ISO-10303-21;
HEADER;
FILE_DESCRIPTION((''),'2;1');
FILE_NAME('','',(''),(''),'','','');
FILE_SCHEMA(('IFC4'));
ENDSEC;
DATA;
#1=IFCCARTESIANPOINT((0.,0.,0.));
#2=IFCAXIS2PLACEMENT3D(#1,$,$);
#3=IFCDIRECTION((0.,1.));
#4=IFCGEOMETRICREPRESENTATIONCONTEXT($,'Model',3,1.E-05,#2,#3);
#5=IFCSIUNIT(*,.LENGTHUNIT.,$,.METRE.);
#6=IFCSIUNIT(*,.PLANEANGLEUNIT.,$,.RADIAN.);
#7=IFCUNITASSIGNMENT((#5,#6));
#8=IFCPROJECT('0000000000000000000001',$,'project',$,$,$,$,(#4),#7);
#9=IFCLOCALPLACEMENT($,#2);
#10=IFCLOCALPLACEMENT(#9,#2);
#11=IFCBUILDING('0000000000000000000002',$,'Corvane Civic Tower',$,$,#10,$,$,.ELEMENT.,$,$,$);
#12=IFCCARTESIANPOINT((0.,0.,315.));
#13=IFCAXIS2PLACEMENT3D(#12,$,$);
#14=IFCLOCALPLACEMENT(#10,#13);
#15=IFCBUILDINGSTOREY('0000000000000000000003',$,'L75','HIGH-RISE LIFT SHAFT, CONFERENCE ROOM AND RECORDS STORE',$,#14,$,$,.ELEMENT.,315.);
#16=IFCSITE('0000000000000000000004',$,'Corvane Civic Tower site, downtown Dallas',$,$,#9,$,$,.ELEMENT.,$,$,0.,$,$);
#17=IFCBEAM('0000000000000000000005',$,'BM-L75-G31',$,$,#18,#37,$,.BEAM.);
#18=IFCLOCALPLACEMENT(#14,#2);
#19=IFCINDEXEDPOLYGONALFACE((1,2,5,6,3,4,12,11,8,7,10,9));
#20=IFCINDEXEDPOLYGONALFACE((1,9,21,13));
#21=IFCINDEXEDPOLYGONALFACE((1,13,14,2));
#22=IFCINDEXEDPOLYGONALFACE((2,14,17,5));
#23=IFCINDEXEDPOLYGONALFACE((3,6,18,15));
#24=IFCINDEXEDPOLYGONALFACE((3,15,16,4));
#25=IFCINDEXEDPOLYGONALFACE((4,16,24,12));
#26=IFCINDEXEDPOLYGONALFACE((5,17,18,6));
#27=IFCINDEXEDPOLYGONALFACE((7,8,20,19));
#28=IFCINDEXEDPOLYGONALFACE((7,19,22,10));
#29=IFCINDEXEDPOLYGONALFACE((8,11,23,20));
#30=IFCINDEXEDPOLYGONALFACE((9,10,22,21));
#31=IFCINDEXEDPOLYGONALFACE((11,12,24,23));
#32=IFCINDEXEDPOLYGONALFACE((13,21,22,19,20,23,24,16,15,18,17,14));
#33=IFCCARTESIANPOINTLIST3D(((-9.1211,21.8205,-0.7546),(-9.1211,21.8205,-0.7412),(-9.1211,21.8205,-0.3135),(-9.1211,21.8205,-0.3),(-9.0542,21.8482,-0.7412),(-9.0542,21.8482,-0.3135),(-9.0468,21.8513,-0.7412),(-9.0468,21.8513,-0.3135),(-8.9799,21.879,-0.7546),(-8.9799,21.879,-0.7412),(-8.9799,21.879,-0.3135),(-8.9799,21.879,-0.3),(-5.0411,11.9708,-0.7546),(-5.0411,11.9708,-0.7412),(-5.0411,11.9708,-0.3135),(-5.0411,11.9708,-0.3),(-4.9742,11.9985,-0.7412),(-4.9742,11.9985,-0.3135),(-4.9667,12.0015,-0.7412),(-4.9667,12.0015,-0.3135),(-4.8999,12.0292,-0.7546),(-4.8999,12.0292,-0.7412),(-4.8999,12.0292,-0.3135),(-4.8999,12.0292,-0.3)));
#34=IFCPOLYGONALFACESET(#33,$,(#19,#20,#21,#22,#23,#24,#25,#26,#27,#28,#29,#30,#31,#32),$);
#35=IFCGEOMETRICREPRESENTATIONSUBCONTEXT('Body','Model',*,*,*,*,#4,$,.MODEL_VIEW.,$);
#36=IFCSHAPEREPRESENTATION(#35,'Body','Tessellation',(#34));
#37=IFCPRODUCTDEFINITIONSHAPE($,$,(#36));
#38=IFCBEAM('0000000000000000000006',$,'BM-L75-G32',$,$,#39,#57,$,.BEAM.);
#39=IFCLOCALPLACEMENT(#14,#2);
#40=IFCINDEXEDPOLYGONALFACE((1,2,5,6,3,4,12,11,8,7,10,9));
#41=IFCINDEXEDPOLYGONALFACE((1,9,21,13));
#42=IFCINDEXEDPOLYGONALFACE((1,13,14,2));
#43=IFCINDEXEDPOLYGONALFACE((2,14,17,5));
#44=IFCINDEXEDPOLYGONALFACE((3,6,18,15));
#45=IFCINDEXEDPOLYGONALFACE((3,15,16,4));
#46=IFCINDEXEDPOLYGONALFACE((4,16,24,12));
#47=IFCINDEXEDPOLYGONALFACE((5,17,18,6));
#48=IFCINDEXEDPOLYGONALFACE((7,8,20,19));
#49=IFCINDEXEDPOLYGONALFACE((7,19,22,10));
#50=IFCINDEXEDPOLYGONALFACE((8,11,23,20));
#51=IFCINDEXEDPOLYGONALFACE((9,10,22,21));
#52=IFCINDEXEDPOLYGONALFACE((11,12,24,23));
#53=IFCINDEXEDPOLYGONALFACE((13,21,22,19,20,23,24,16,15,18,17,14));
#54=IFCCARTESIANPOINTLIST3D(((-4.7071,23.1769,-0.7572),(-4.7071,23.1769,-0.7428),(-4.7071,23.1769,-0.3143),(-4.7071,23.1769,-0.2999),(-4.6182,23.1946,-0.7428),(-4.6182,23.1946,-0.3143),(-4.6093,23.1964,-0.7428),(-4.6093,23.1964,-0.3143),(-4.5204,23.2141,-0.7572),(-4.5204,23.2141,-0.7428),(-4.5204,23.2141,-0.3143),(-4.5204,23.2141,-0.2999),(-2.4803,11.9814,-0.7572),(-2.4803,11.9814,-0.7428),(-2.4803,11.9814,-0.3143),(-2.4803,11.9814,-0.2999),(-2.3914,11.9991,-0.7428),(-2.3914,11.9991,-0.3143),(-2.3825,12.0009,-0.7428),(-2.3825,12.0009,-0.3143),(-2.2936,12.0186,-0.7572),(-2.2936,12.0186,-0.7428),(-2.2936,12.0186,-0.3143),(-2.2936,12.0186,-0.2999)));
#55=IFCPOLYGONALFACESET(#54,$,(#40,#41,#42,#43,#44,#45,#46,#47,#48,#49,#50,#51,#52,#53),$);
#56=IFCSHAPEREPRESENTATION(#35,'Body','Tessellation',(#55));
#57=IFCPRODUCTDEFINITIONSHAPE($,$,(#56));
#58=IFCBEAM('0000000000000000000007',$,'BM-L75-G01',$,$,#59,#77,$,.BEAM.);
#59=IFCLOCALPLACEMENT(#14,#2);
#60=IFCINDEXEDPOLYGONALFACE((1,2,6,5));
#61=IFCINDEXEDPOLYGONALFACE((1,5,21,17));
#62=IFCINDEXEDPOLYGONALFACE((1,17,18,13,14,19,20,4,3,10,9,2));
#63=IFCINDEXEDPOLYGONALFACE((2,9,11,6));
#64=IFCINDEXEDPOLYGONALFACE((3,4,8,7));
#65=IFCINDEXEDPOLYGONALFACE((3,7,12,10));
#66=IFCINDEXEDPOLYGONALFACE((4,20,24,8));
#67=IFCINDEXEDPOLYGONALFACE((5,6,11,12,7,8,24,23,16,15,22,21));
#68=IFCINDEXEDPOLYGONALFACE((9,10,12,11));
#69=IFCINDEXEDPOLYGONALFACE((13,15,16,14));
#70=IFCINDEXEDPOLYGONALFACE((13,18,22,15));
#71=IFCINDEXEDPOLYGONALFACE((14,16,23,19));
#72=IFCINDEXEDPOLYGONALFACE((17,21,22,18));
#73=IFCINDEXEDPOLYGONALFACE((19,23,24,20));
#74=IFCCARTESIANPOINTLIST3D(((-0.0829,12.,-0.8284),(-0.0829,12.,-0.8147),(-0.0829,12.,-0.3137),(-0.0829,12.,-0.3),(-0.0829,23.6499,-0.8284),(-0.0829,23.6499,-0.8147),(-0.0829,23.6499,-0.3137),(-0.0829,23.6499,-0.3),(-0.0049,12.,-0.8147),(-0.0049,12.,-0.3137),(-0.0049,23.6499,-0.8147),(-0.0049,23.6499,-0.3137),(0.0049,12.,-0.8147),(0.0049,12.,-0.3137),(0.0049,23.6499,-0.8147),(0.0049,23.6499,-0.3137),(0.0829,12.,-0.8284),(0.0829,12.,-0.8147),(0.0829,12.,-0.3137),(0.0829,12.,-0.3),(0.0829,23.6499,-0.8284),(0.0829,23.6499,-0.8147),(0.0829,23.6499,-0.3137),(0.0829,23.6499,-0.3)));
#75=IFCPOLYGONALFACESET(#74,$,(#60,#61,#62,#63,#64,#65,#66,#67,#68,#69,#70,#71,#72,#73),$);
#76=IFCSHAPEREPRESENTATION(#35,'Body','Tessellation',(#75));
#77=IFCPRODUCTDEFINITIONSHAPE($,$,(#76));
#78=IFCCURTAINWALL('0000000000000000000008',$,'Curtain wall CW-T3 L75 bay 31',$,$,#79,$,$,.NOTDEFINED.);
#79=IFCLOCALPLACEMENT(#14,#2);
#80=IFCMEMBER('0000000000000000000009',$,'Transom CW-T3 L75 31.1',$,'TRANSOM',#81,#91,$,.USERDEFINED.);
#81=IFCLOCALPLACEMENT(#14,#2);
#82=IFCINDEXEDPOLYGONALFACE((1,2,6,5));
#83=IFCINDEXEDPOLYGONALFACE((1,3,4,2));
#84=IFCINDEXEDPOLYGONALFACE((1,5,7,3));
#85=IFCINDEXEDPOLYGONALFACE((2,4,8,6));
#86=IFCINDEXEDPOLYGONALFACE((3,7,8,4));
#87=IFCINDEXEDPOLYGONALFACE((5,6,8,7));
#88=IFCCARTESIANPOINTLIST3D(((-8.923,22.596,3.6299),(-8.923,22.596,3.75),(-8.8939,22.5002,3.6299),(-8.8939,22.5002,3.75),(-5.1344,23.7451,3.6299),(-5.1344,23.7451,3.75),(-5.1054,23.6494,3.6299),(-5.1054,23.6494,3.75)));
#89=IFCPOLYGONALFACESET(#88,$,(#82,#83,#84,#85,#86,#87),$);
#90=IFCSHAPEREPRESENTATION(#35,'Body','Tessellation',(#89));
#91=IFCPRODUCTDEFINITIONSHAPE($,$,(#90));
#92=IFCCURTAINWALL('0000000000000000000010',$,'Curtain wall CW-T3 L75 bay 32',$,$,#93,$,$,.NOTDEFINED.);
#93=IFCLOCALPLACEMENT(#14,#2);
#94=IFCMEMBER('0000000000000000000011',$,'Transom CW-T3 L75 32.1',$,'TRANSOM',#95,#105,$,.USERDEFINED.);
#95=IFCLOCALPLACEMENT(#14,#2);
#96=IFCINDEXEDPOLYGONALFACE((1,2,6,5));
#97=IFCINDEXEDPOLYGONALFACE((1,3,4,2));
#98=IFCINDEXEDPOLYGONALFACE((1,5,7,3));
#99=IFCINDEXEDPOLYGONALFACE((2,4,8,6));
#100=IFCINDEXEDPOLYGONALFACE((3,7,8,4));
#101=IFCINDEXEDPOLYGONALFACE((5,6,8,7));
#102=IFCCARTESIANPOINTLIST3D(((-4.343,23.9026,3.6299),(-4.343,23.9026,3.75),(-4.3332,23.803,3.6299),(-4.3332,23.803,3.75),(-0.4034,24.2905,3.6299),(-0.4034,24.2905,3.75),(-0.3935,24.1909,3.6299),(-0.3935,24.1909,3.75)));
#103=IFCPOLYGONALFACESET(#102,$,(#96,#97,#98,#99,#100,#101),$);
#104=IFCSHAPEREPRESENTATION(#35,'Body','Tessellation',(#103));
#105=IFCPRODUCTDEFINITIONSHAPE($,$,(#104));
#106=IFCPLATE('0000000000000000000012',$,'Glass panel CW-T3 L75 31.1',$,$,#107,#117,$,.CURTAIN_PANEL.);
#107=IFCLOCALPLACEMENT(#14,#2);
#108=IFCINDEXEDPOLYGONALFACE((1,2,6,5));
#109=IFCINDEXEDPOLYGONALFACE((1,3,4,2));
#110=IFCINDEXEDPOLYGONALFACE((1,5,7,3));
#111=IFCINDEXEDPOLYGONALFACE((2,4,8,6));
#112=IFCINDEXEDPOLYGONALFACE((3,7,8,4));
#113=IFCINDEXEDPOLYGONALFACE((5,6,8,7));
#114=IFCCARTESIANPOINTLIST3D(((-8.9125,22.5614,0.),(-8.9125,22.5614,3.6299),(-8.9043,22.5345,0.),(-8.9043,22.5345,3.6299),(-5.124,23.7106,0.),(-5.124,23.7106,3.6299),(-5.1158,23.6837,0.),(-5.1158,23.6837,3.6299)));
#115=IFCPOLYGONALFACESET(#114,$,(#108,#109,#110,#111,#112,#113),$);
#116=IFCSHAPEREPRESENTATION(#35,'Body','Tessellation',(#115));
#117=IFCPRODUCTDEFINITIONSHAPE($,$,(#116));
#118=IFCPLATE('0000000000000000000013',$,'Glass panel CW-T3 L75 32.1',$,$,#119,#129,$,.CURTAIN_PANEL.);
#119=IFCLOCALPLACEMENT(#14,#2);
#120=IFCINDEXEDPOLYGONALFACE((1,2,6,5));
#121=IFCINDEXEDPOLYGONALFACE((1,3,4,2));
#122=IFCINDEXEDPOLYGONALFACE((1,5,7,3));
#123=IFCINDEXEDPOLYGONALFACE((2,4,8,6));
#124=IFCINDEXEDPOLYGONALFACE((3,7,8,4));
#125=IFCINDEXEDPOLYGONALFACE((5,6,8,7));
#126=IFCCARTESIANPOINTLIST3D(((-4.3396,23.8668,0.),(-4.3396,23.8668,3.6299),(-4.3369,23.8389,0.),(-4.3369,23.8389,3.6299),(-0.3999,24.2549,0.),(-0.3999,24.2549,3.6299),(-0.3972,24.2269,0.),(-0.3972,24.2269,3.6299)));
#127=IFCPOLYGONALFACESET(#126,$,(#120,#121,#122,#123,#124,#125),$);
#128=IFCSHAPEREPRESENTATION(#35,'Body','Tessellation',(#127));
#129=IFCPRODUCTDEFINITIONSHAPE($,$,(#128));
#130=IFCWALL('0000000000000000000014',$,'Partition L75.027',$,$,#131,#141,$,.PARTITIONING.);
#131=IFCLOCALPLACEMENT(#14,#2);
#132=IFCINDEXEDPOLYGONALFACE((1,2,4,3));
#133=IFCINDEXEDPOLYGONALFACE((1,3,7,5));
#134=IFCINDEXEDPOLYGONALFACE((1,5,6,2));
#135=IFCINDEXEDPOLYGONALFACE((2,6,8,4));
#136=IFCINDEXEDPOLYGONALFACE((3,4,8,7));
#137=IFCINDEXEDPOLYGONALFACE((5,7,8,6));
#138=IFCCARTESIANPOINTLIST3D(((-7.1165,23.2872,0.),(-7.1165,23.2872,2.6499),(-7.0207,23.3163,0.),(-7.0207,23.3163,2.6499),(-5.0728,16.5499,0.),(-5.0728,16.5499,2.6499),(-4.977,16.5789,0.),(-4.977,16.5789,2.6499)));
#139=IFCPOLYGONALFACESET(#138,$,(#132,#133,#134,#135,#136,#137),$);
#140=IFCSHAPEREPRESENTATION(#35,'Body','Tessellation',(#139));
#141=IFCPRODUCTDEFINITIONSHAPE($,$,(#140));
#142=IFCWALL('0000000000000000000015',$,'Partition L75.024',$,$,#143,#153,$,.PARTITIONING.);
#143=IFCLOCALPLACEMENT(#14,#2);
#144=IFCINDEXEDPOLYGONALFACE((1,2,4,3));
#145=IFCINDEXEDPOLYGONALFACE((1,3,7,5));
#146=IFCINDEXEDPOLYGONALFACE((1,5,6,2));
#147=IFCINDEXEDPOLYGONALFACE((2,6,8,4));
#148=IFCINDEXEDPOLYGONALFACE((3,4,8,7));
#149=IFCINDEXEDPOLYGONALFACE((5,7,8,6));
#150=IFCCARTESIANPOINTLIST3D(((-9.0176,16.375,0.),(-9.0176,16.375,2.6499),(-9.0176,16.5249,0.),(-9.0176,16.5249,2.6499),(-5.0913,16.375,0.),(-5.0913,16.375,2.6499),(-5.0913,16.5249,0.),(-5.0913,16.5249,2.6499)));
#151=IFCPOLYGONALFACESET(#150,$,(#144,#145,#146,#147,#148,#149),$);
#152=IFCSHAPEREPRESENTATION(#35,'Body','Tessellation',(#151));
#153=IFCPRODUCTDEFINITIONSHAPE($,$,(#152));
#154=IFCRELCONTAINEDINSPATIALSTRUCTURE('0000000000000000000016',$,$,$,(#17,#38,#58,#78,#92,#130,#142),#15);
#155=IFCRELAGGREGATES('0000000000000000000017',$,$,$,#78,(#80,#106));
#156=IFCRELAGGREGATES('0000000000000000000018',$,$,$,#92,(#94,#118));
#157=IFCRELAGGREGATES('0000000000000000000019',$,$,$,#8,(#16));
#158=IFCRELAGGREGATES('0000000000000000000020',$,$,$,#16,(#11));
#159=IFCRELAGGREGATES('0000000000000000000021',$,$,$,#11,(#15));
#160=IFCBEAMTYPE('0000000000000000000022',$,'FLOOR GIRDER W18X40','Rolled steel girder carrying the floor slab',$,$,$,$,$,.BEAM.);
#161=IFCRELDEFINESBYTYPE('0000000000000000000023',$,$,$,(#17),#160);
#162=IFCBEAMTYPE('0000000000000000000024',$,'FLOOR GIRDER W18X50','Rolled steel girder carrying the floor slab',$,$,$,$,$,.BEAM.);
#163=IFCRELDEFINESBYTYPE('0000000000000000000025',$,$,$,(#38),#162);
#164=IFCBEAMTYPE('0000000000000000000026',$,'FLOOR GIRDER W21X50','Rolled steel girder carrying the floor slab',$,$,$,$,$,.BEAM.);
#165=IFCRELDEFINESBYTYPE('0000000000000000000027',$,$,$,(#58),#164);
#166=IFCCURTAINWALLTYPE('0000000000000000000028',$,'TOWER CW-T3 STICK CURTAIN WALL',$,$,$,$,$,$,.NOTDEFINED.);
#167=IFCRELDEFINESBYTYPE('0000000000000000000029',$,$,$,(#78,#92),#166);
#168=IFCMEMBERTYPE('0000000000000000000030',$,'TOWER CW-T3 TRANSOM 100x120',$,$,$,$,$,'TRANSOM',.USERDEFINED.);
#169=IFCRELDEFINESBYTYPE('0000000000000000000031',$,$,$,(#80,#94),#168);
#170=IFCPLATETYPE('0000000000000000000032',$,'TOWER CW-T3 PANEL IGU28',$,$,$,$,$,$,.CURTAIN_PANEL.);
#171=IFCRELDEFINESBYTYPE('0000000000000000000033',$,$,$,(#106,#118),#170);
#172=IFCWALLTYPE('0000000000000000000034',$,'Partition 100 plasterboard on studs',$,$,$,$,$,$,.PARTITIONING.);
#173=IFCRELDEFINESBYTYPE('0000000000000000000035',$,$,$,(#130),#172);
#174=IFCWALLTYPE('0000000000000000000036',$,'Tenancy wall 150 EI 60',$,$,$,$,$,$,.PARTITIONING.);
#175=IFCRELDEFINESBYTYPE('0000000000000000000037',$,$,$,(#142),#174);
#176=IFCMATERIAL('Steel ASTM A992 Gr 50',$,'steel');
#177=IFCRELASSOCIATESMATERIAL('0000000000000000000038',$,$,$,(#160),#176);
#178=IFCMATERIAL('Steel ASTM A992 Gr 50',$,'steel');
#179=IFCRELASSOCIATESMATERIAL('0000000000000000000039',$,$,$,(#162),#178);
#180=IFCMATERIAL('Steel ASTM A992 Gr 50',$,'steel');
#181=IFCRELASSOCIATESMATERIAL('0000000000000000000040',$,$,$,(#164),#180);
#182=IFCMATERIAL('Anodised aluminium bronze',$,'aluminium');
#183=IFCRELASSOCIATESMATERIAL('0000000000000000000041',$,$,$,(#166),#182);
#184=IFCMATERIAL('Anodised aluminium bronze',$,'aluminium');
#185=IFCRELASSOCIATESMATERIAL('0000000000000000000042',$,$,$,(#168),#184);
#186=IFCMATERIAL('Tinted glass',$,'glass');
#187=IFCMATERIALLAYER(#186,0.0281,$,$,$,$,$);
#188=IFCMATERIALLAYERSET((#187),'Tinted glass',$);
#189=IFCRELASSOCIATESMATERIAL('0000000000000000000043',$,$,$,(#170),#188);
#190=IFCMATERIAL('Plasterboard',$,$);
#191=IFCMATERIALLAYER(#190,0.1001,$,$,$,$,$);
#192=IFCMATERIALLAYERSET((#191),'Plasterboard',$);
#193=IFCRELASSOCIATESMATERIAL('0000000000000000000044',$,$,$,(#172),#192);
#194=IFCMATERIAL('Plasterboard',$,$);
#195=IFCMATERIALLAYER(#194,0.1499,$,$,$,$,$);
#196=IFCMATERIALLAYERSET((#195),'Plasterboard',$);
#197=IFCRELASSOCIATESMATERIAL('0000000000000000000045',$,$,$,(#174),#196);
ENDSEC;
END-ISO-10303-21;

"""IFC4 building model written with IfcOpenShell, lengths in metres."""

from ifc_helpers import new_model, si_unit, direction, frame, frame_2d, origin, origin_2d, place, context, subcontext, project, spatial, rectangle, i_section, extrude, material, layer, layer_set, material_profile, profile_set, type_object, element, aggregate, save


model = new_model("IFC4")

# Units and contexts
model_context = context("Model", 3, precision=1e-05, world=origin(), true_north=direction((0.0, 1.0)))
body_context = subcontext(model_context, "Body", "Model", "MODEL_VIEW")
ifc_project = project(units=[si_unit("LENGTHUNIT", "METRE"), si_unit("PLANEANGLEUNIT", "RADIAN")], contexts=[model_context])

# Site, building, storey
site_placement = place(None, origin())
site = spatial("IfcSite", under=ifc_project, at=site_placement, Name="Corvane Civic Tower site, downtown Dallas", CompositionType="ELEMENT", RefElevation=0.0)
building_placement = place(site_placement, origin())
building = spatial("IfcBuilding", under=site, at=building_placement, Name="Corvane Civic Tower", CompositionType="ELEMENT")
storey_placement = place(building_placement, frame((0.0, 0.0, 315.0)))
storey = spatial("IfcBuildingStorey", under=building, at=storey_placement, Name="L75", Description="HIGH-RISE LIFT SHAFT, CONFERENCE ROOM AND RECORDS STORE", CompositionType="ELEMENT", Elevation=315.0)

# Beams
ifc_material_1 = material(Name="Steel ASTM A992 Gr 50", Category="steel")
ifc_material_profile_1 = material_profile(ifc_material_1, i_section(OverallWidth=0.1528, OverallDepth=0.4546, WebThickness=0.0081, FlangeThickness=0.0134, at=origin_2d()), Name="W18X40")
ifc_profile_set_1 = profile_set([ifc_material_profile_1], Name="Steel ASTM A992 Gr 50")
beam_type_1 = type_object("IfcBeamType", Name="FLOOR GIRDER W18X40", Description="Rolled steel girder carrying the floor slab", PredefinedType="BEAM", material=ifc_profile_set_1)
beam_1_placement = place(storey_placement, frame((-4.9705, 12.0, -0.5273), z_axis=(-0.382694, 0.923875, 0.0), x_axis=(-0.923875, -0.382694, 0.0)))
element("IfcBeam", 1, at=beam_1_placement, inside=storey, type_object=beam_type_1, Name="BM-L75-G31", PredefinedType="BEAM", context=body_context, shape_type="SweptSolid", body=[
    extrude(i_section(OverallWidth=0.1528, OverallDepth=0.4546, WebThickness=0.0081, FlangeThickness=0.0134, at=origin_2d()), origin(), (0.0, 0.0, 1.0), 10.6614),
])
ifc_material_2 = material(Name="Steel ASTM A992 Gr 50", Category="steel")
ifc_material_profile_2 = material_profile(ifc_material_2, i_section(OverallWidth=0.1904, OverallDepth=0.4573, WebThickness=0.009, FlangeThickness=0.0144, at=origin_2d()), Name="W18X50")
ifc_profile_set_2 = profile_set([ifc_material_profile_2], Name="Steel ASTM A992 Gr 50")
beam_type_2 = type_object("IfcBeamType", Name="FLOOR GIRDER W18X50", Description="Rolled steel girder carrying the floor slab", PredefinedType="BEAM", material=ifc_profile_set_2)
beam_2_placement = place(storey_placement, frame((-2.387, 12.0, -0.5286), z_axis=(-0.19508, 0.980787, 0.0), x_axis=(-0.980787, -0.19508, 0.0)))
element("IfcBeam", 2, at=beam_2_placement, inside=storey, type_object=beam_type_2, Name="BM-L75-G32", PredefinedType="BEAM", context=body_context, shape_type="SweptSolid", body=[
    extrude(i_section(OverallWidth=0.1904, OverallDepth=0.4573, WebThickness=0.009, FlangeThickness=0.0144, at=origin_2d()), origin(), (0.0, 0.0, 1.0), 11.4148),
])
ifc_material_3 = material(Name="Steel ASTM A992 Gr 50", Category="steel")
ifc_material_profile_3 = material_profile(ifc_material_3, i_section(OverallWidth=0.1658, OverallDepth=0.5283, WebThickness=0.0098, FlangeThickness=0.0137, at=origin_2d()), Name="W21X50")
ifc_profile_set_3 = profile_set([ifc_material_profile_3], Name="Steel ASTM A992 Gr 50")
beam_type_3 = type_object("IfcBeamType", Name="FLOOR GIRDER W21X50", Description="Rolled steel girder carrying the floor slab", PredefinedType="BEAM", material=ifc_profile_set_3)
beam_3_placement = place(storey_placement, frame((0.0, 12.0, -0.5642), z_axis=(0.0, 1.0, 0.0), x_axis=(-1.0, 0.0, 0.0)))
element("IfcBeam", 3, at=beam_3_placement, inside=storey, type_object=beam_type_3, Name="BM-L75-G01", PredefinedType="BEAM", context=body_context, shape_type="SweptSolid", body=[
    extrude(i_section(OverallWidth=0.1658, OverallDepth=0.5283, WebThickness=0.0098, FlangeThickness=0.0137, at=origin_2d()), origin(), (0.0, 0.0, 1.0), 11.6499),
])

# Curtain walls, members
ifc_material_4 = material(Name="Anodised aluminium bronze", Category="aluminium")
curtain_wall_type = type_object("IfcCurtainWallType", Name="TOWER CW-T3 STICK CURTAIN WALL", PredefinedType="NOTDEFINED", material=ifc_material_4)
curtain_wall_1_placement = place(storey_placement, origin())
curtain_wall_1 = element("IfcCurtainWall", 4, at=curtain_wall_1_placement, inside=storey, type_object=curtain_wall_type, Name="Curtain wall CW-T3 L75 bay 31", PredefinedType="NOTDEFINED")
ifc_material_5 = material(Name="Anodised aluminium bronze", Category="aluminium")
ifc_material_profile_4 = material_profile(ifc_material_5, rectangle(XDim=0.1001, YDim=0.1201, at=origin_2d()), Name="TOWER CW-T3 TRANSOM 100x120")
ifc_profile_set_4 = profile_set([ifc_material_profile_4], Name="Anodised aluminium bronze")
member_type = type_object("IfcMemberType", Name="TOWER CW-T3 TRANSOM 100x120", ElementType="TRANSOM", PredefinedType="USERDEFINED", material=ifc_profile_set_4)
member_1_placement = place(storey_placement, frame((-8.9084, 22.5481, 3.6899), z_axis=(0.956946, 0.290266, 0.0), x_axis=(-0.290266, 0.956946, 0.0)))
member_1 = element("IfcMember", 5, at=member_1_placement, type_object=member_type, Name="Transom CW-T3 L75 31.1", ObjectType="TRANSOM", PredefinedType="USERDEFINED", context=body_context, shape_type="SweptSolid", body=[
    extrude(rectangle(XDim=0.1001, YDim=0.1201, at=origin_2d()), origin(), (0.0, 0.0, 1.0), 3.959),
])
curtain_wall_2_placement = place(storey_placement, origin())
curtain_wall_2 = element("IfcCurtainWall", 6, at=curtain_wall_2_placement, inside=storey, type_object=curtain_wall_type, Name="Curtain wall CW-T3 L75 bay 32", PredefinedType="NOTDEFINED")
member_2_placement = place(storey_placement, frame((-4.3381, 23.8528, 3.6899), z_axis=(0.995187, 0.097995, 0.0), x_axis=(-0.097995, 0.995187, 0.0)))
member_2 = element("IfcMember", 7, at=member_2_placement, type_object=member_type, Name="Transom CW-T3 L75 32.1", ObjectType="TRANSOM", PredefinedType="USERDEFINED", context=body_context, shape_type="SweptSolid", body=[
    extrude(rectangle(XDim=0.1001, YDim=0.1201, at=origin_2d()), origin(), (0.0, 0.0, 1.0), 3.9587),
])

# Plates
ifc_material_6 = material(Name="Tinted glass", Category="glass")
ifc_layer_1 = layer(ifc_material_6, 0.0281)
ifc_layer_set_1 = layer_set([ifc_layer_1], Name="Tinted glass")
plate_type = type_object("IfcPlateType", Name="TOWER CW-T3 PANEL IGU28", PredefinedType="CURTAIN_PANEL", material=ifc_layer_set_1)
plate_1_placement = place(storey_placement, frame((-7.0142, 23.1226, 0.0), z_axis=(0.0, 0.0, 1.0), x_axis=(0.956944, 0.290274, 0.0)))
plate_1 = element("IfcPlate", 8, at=plate_1_placement, type_object=plate_type, Name="Glass panel CW-T3 L75 31.1", PredefinedType="CURTAIN_PANEL", context=body_context, shape_type="SweptSolid", body=[
    extrude(rectangle(XDim=3.959, YDim=0.0281, at=origin_2d()), origin(), (0.0, 0.0, 1.0), 3.6299),
])
aggregate(curtain_wall_1, [member_1, plate_1])
plate_2_placement = place(storey_placement, frame((-2.3684, 24.0469, 0.0), z_axis=(0.0, 0.0, 1.0), x_axis=(0.995184, 0.098021, 0.0)))
plate_2 = element("IfcPlate", 9, at=plate_2_placement, type_object=plate_type, Name="Glass panel CW-T3 L75 32.1", PredefinedType="CURTAIN_PANEL", context=body_context, shape_type="SweptSolid", body=[
    extrude(rectangle(XDim=3.9587, YDim=0.0281, at=origin_2d()), origin(), (0.0, 0.0, 1.0), 3.6299),
])
aggregate(curtain_wall_2, [member_2, plate_2])

# Walls
ifc_material_7 = material(Name="Plasterboard")
ifc_layer_2 = layer(ifc_material_7, 0.1001)
ifc_layer_set_2 = layer_set([ifc_layer_2], Name="Plasterboard")
wall_type_1 = type_object("IfcWallType", Name="Partition 100 plasterboard on studs", PredefinedType="PARTITIONING", material=ifc_layer_set_2)
wall_1_placement = place(storey_placement, frame((-7.0686, 23.3018, 0.0), z_axis=(0.0, 0.0, 1.0), x_axis=(0.29028, -0.956942, 0.0)))
element("IfcWall", 10, at=wall_1_placement, inside=storey, type_object=wall_type_1, Name="Partition L75.027", PredefinedType="PARTITIONING", context=body_context, shape_type="SweptSolid", body=[
    extrude(rectangle(XDim=7.0405, YDim=0.1001, at=frame_2d((3.5203, 0.0))), origin(), (0.0, 0.0, 1.0), 2.6499),
])
ifc_material_8 = material(Name="Plasterboard")
ifc_layer_3 = layer(ifc_material_8, 0.1499)
ifc_layer_set_3 = layer_set([ifc_layer_3], Name="Plasterboard")
wall_type_2 = type_object("IfcWallType", Name="Tenancy wall 150 EI 60", PredefinedType="PARTITIONING", material=ifc_layer_set_3)
wall_2_placement = place(storey_placement, frame((-9.0176, 16.45, 0.0), z_axis=(0.0, 0.0, 1.0), x_axis=(1.0, 0.0, 0.0)))
element("IfcWall", 11, at=wall_2_placement, inside=storey, type_object=wall_type_2, Name="Partition L75.024", PredefinedType="PARTITIONING", context=body_context, shape_type="SweptSolid", body=[
    extrude(rectangle(XDim=3.9263, YDim=0.1499, at=frame_2d((1.9631, 0.0))), origin(), (0.0, 0.0, 1.0), 2.6499),
])

save(model, "model.ifc")
